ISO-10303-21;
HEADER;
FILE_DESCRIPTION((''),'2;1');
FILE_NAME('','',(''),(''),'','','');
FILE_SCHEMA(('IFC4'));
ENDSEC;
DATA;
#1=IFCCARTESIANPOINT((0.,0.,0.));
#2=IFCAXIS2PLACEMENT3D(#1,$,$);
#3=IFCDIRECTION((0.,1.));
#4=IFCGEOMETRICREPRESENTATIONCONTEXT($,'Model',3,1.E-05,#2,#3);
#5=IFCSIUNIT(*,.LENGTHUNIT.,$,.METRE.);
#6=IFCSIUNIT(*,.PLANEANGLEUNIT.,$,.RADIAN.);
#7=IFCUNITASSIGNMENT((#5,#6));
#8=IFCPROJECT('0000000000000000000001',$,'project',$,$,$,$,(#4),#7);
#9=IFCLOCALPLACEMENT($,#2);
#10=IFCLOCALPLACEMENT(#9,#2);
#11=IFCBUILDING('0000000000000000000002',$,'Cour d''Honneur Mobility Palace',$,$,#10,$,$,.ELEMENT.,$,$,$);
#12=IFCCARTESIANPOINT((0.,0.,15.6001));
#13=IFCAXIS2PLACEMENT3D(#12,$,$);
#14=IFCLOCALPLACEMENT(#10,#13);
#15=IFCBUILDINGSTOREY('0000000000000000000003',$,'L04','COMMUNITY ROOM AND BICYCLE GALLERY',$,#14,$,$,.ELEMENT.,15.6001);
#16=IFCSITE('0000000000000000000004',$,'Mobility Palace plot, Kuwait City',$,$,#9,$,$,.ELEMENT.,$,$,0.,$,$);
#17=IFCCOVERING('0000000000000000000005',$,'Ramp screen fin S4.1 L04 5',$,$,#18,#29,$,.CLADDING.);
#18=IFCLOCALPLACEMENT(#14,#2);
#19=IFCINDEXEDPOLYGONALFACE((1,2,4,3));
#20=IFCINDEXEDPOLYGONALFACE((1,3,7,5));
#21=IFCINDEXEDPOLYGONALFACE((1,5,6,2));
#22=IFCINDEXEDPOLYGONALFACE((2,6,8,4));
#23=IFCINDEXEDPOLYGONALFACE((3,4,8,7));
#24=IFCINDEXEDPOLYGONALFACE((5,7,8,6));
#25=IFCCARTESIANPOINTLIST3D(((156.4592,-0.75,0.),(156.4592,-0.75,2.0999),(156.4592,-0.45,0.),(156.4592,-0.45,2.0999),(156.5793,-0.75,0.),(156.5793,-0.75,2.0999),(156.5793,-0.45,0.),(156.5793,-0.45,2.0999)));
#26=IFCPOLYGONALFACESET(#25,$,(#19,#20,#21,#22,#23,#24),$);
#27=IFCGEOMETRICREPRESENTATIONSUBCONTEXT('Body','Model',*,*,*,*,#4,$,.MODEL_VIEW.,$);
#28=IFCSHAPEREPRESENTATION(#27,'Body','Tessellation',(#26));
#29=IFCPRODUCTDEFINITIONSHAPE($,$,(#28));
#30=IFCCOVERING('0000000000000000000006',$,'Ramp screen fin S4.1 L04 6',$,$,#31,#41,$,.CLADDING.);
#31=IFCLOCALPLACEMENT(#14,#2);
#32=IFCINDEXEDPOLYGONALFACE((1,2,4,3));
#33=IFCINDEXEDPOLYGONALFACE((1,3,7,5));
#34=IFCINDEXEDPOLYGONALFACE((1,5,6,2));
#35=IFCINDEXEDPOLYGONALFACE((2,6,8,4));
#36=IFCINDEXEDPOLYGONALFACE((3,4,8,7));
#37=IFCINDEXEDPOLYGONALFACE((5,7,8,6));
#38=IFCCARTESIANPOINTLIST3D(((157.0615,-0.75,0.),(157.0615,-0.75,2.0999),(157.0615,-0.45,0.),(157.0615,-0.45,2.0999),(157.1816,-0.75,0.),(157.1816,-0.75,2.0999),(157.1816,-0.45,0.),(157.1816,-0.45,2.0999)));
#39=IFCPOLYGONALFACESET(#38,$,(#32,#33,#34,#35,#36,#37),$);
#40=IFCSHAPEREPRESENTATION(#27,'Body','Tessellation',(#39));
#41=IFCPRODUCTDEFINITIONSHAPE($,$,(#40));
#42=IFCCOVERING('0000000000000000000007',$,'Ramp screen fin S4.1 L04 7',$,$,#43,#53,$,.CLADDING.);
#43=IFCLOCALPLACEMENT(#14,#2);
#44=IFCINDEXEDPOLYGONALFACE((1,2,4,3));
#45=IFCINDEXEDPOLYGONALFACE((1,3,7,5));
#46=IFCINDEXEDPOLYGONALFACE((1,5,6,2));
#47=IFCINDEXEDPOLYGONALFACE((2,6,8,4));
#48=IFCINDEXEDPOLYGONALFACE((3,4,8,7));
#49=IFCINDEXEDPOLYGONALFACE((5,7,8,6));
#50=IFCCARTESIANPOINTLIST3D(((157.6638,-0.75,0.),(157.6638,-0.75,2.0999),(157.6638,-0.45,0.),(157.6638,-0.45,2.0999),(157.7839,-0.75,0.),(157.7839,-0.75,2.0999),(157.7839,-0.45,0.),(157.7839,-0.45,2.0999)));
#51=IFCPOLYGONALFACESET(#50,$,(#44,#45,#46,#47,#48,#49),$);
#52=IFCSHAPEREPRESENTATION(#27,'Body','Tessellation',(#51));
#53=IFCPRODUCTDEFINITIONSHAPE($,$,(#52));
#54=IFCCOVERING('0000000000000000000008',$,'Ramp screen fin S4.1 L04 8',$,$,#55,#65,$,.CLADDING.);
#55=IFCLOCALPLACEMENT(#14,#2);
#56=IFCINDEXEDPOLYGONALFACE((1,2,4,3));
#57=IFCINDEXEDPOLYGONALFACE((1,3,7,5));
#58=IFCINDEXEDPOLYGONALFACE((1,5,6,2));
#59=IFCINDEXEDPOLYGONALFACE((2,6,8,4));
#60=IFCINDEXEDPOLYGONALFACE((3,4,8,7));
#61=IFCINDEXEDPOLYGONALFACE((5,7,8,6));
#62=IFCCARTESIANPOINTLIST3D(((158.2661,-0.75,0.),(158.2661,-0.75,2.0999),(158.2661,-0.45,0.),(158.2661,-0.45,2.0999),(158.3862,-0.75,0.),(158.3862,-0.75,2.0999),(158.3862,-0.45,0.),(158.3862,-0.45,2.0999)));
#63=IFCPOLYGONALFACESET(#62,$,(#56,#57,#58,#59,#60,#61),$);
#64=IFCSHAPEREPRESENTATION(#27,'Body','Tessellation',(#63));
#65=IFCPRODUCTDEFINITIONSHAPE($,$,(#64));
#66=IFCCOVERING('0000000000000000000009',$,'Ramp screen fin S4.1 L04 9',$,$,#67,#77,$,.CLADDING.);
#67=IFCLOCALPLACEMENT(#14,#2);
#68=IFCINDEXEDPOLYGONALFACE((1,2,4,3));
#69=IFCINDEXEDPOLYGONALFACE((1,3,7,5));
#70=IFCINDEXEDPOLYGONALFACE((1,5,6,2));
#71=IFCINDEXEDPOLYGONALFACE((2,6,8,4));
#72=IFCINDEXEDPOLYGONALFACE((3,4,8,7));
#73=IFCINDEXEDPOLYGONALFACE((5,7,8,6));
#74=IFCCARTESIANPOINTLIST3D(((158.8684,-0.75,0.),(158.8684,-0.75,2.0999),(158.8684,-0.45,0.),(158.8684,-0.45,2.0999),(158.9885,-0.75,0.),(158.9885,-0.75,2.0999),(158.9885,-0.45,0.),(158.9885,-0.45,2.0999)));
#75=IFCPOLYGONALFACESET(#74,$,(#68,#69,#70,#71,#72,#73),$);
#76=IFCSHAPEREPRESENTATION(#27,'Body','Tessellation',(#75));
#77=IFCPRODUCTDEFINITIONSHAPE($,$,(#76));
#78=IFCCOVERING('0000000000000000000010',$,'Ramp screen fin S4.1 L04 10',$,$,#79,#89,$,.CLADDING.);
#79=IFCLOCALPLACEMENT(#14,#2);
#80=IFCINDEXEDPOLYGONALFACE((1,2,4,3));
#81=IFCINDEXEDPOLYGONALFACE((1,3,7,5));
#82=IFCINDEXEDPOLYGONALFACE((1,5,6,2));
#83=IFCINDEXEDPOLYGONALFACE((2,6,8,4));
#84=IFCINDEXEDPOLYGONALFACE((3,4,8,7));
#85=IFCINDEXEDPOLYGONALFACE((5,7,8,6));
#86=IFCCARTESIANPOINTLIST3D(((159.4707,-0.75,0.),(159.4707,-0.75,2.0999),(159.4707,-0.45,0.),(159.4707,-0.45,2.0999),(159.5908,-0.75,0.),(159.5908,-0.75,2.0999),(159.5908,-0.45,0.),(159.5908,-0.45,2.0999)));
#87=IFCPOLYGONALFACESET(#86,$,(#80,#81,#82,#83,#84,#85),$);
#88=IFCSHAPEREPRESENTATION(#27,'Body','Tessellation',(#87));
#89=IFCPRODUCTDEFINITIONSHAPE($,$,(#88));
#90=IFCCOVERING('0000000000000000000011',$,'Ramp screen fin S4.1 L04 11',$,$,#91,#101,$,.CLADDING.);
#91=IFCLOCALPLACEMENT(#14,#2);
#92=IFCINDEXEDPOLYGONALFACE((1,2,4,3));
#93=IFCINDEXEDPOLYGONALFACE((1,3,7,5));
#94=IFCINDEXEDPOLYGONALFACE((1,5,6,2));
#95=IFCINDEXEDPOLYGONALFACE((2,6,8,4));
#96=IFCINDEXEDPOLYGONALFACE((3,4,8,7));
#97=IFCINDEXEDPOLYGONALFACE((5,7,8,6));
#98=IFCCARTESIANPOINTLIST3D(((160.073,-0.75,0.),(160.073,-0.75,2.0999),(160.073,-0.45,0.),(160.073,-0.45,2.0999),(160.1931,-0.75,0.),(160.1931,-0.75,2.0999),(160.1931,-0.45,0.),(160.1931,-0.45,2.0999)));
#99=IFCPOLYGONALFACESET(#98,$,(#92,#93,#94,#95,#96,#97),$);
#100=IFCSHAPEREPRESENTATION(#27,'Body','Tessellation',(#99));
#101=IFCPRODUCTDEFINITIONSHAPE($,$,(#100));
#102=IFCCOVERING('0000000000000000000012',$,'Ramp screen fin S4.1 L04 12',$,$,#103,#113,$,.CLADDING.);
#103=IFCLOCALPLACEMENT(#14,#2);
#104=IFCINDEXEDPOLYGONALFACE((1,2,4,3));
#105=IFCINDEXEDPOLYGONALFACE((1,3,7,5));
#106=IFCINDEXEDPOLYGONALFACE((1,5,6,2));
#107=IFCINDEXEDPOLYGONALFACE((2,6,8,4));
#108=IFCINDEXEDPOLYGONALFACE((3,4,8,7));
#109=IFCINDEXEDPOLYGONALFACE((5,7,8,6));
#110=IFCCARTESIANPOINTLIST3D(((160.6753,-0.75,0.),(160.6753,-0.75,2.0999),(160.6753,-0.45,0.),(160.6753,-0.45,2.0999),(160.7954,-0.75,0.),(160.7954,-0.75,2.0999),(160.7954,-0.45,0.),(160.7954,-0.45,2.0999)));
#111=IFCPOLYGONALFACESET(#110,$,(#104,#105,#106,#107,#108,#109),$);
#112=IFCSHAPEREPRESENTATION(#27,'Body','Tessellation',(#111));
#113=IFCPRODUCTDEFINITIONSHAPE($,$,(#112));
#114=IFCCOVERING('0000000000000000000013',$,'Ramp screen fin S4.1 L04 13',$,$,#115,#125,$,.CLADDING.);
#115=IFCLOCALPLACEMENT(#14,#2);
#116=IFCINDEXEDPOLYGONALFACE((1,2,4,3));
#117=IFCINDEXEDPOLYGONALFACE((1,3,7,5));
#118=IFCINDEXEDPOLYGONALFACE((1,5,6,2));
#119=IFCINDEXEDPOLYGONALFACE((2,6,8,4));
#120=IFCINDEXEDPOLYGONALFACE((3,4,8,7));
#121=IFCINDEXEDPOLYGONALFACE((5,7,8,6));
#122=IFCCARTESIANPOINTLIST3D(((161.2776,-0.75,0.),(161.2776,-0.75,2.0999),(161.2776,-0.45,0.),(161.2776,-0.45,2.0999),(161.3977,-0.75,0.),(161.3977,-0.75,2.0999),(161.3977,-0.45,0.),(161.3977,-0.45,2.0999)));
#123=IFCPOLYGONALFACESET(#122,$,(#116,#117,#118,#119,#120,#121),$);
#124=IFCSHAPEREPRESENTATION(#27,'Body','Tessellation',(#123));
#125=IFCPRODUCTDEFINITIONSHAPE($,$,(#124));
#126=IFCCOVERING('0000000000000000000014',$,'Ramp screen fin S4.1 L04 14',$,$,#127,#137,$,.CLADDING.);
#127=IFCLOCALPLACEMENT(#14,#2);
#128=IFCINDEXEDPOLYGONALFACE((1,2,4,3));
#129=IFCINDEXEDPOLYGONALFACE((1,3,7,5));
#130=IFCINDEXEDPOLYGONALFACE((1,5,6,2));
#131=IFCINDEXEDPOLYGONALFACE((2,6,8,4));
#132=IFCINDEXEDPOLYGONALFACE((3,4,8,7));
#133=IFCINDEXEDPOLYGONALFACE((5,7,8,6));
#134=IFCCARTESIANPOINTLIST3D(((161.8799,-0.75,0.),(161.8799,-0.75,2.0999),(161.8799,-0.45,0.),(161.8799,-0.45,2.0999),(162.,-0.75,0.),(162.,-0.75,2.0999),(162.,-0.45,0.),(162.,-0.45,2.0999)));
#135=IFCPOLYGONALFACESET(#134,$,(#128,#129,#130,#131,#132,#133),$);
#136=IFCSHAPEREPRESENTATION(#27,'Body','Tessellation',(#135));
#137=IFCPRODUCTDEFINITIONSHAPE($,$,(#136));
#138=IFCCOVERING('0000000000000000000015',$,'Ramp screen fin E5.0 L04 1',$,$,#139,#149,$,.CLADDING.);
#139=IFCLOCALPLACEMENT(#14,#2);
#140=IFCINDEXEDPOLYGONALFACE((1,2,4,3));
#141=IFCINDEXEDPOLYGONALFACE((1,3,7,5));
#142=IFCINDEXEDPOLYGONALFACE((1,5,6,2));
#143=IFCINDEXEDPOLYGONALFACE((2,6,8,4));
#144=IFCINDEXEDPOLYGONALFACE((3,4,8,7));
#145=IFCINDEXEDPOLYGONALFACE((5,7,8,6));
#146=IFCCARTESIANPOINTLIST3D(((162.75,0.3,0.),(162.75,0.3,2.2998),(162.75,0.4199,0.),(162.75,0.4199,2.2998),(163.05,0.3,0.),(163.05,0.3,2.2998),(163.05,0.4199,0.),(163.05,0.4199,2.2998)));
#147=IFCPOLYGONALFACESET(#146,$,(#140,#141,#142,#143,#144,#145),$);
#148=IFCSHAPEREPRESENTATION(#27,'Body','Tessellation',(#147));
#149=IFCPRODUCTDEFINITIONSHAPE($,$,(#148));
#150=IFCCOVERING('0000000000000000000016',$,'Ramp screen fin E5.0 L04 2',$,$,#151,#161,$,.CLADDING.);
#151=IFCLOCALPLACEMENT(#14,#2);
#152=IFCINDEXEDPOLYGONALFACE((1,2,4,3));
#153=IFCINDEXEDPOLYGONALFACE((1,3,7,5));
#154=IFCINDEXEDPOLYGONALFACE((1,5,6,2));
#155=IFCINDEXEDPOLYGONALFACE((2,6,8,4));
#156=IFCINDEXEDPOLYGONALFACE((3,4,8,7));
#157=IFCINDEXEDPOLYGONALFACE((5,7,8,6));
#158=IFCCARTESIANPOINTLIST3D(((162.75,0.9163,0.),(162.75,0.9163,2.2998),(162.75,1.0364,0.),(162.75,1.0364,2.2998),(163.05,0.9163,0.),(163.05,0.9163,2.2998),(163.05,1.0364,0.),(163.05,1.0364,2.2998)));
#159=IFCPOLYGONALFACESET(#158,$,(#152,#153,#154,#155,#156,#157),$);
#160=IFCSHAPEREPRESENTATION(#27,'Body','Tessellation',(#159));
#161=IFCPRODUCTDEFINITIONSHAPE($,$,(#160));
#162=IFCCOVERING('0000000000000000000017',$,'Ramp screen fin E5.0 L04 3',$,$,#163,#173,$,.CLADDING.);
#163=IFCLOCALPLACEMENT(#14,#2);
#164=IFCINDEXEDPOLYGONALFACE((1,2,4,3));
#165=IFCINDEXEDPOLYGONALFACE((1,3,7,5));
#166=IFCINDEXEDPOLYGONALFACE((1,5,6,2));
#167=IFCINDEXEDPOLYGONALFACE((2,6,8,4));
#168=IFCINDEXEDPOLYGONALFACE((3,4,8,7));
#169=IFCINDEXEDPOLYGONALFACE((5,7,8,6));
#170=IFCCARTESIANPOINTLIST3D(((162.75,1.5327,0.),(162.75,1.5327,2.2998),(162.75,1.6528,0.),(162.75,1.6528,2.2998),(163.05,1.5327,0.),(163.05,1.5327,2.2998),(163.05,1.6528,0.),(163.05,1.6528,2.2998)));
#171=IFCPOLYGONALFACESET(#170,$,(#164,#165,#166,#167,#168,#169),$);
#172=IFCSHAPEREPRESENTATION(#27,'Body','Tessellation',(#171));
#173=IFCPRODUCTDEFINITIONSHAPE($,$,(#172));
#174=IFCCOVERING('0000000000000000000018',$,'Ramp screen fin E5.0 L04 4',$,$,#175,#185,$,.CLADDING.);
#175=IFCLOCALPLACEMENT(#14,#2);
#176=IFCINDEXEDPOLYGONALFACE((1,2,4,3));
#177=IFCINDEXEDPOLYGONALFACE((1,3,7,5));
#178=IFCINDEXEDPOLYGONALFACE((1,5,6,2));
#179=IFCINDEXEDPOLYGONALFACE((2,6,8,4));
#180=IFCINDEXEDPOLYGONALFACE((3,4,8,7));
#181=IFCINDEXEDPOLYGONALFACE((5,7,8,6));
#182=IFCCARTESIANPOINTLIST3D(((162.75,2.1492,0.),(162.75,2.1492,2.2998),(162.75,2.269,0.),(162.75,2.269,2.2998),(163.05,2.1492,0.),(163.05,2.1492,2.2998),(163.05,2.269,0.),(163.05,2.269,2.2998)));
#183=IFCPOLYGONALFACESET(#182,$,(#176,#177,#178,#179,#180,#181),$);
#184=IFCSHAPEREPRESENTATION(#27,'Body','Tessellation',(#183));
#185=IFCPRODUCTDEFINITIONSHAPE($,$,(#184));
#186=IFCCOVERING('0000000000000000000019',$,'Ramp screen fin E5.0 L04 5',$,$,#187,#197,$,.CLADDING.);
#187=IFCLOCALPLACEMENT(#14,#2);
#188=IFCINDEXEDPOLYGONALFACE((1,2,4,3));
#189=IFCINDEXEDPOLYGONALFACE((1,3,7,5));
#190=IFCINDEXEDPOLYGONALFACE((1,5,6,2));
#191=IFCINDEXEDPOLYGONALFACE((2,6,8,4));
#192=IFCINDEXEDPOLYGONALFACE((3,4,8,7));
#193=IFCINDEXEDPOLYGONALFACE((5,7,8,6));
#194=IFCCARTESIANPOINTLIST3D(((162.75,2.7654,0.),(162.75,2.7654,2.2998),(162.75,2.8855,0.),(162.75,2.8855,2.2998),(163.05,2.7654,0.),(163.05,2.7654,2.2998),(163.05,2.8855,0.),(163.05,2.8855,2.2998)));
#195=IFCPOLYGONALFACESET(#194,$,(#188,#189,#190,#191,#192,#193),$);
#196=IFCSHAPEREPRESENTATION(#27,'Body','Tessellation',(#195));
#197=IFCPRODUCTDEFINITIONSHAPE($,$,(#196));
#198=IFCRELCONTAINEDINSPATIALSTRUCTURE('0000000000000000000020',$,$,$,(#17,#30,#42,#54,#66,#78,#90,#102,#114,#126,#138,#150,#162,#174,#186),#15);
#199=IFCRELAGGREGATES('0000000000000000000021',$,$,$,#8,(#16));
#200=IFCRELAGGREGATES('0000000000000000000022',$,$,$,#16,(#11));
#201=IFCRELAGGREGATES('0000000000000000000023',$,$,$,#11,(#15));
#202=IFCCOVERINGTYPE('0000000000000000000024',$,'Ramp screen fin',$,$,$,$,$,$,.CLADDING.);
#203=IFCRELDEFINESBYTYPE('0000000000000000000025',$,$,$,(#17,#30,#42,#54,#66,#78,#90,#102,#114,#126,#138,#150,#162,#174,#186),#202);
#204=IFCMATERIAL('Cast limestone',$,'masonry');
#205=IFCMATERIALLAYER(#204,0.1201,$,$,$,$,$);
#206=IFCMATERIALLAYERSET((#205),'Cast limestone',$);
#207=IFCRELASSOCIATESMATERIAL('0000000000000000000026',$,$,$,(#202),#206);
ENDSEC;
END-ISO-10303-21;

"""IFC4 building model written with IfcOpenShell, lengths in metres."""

from ifc_helpers import new_model, si_unit, direction, frame, origin, place, context, subcontext, project, spatial, polyline, outline, extrude, material, layer, layer_set, type_object, element, save


model = new_model("IFC4")

# Units and contexts
model_context = context("Model", 3, precision=1e-05, world=origin(), true_north=direction((0.0, 1.0)))
body_context = subcontext(model_context, "Body", "Model", "MODEL_VIEW")
ifc_project = project(units=[si_unit("LENGTHUNIT", "METRE"), si_unit("PLANEANGLEUNIT", "RADIAN")], contexts=[model_context])

# Site, building, storey
site_placement = place(None, origin())
site = spatial("IfcSite", under=ifc_project, at=site_placement, Name="Mobility Palace plot, Kuwait City", CompositionType="ELEMENT", RefElevation=0.0)
building_placement = place(site_placement, origin())
building = spatial("IfcBuilding", under=site, at=building_placement, Name="Cour d'Honneur Mobility Palace", CompositionType="ELEMENT")
storey_placement = place(building_placement, frame((0.0, 0.0, 15.6001)))
storey = spatial("IfcBuildingStorey", under=building, at=storey_placement, Name="L04", Description="COMMUNITY ROOM AND BICYCLE GALLERY", CompositionType="ELEMENT", Elevation=15.6001)

# Coverings
ifc_material = material(Name="Cast limestone", Category="masonry")
ifc_layer = layer(ifc_material, 0.1201)
ifc_layer_set = layer_set([ifc_layer], Name="Cast limestone")
covering_type = type_object("IfcCoveringType", Name="Ramp screen fin", PredefinedType="CLADDING", material=ifc_layer_set)
covering_1_placement = place(storey_placement, origin())
element("IfcCovering", 1, at=covering_1_placement, inside=storey, type_object=covering_type, Name="Ramp screen fin S4.1 L04 5", PredefinedType="CLADDING", context=body_context, shape_type="SweptSolid", body=[
    extrude(outline(polyline([(156.4592, -0.45), (156.5793, -0.45), (156.5793, -0.75), (156.4592, -0.75), (156.4592, -0.45)])), origin(), (0.0, 0.0, 1.0), 2.0999),
])
covering_2_placement = place(storey_placement, origin())
element("IfcCovering", 2, at=covering_2_placement, inside=storey, type_object=covering_type, Name="Ramp screen fin S4.1 L04 6", PredefinedType="CLADDING", context=body_context, shape_type="SweptSolid", body=[
    extrude(outline(polyline([(157.0615, -0.45), (157.1816, -0.45), (157.1816, -0.75), (157.0615, -0.75), (157.0615, -0.45)])), origin(), (0.0, 0.0, 1.0), 2.0999),
])
covering_3_placement = place(storey_placement, origin())
element("IfcCovering", 3, at=covering_3_placement, inside=storey, type_object=covering_type, Name="Ramp screen fin S4.1 L04 7", PredefinedType="CLADDING", context=body_context, shape_type="SweptSolid", body=[
    extrude(outline(polyline([(157.6638, -0.45), (157.7839, -0.45), (157.7839, -0.75), (157.6638, -0.75), (157.6638, -0.45)])), origin(), (0.0, 0.0, 1.0), 2.0999),
])
covering_4_placement = place(storey_placement, origin())
element("IfcCovering", 4, at=covering_4_placement, inside=storey, type_object=covering_type, Name="Ramp screen fin S4.1 L04 8", PredefinedType="CLADDING", context=body_context, shape_type="SweptSolid", body=[
    extrude(outline(polyline([(158.2661, -0.45), (158.3862, -0.45), (158.3862, -0.75), (158.2661, -0.75), (158.2661, -0.45)])), origin(), (0.0, 0.0, 1.0), 2.0999),
])
covering_5_placement = place(storey_placement, origin())
element("IfcCovering", 5, at=covering_5_placement, inside=storey, type_object=covering_type, Name="Ramp screen fin S4.1 L04 9", PredefinedType="CLADDING", context=body_context, shape_type="SweptSolid", body=[
    extrude(outline(polyline([(158.8684, -0.45), (158.9885, -0.45), (158.9885, -0.75), (158.8684, -0.75), (158.8684, -0.45)])), origin(), (0.0, 0.0, 1.0), 2.0999),
])
covering_6_placement = place(storey_placement, origin())
element("IfcCovering", 6, at=covering_6_placement, inside=storey, type_object=covering_type, Name="Ramp screen fin S4.1 L04 10", PredefinedType="CLADDING", context=body_context, shape_type="SweptSolid", body=[
    extrude(outline(polyline([(159.4707, -0.45), (159.5908, -0.45), (159.5908, -0.75), (159.4707, -0.75), (159.4707, -0.45)])), origin(), (0.0, 0.0, 1.0), 2.0999),
])
covering_7_placement = place(storey_placement, origin())
element("IfcCovering", 7, at=covering_7_placement, inside=storey, type_object=covering_type, Name="Ramp screen fin S4.1 L04 11", PredefinedType="CLADDING", context=body_context, shape_type="SweptSolid", body=[
    extrude(outline(polyline([(160.073, -0.45), (160.1931, -0.45), (160.1931, -0.75), (160.073, -0.75), (160.073, -0.45)])), origin(), (0.0, 0.0, 1.0), 2.0999),
])
covering_8_placement = place(storey_placement, origin())
element("IfcCovering", 8, at=covering_8_placement, inside=storey, type_object=covering_type, Name="Ramp screen fin S4.1 L04 12", PredefinedType="CLADDING", context=body_context, shape_type="SweptSolid", body=[
    extrude(outline(polyline([(160.6753, -0.45), (160.7954, -0.45), (160.7954, -0.75), (160.6753, -0.75), (160.6753, -0.45)])), origin(), (0.0, 0.0, 1.0), 2.0999),
])
covering_9_placement = place(storey_placement, origin())
element("IfcCovering", 9, at=covering_9_placement, inside=storey, type_object=covering_type, Name="Ramp screen fin S4.1 L04 13", PredefinedType="CLADDING", context=body_context, shape_type="SweptSolid", body=[
    extrude(outline(polyline([(161.2776, -0.45), (161.3977, -0.45), (161.3977, -0.75), (161.2776, -0.75), (161.2776, -0.45)])), origin(), (0.0, 0.0, 1.0), 2.0999),
])
covering_10_placement = place(storey_placement, origin())
element("IfcCovering", 10, at=covering_10_placement, inside=storey, type_object=covering_type, Name="Ramp screen fin S4.1 L04 14", PredefinedType="CLADDING", context=body_context, shape_type="SweptSolid", body=[
    extrude(outline(polyline([(161.8799, -0.45), (162.0, -0.45), (162.0, -0.75), (161.8799, -0.75), (161.8799, -0.45)])), origin(), (0.0, 0.0, 1.0), 2.0999),
])
covering_11_placement = place(storey_placement, origin())
element("IfcCovering", 11, at=covering_11_placement, inside=storey, type_object=covering_type, Name="Ramp screen fin E5.0 L04 1", PredefinedType="CLADDING", context=body_context, shape_type="SweptSolid", body=[
    extrude(outline(polyline([(162.75, 0.3), (162.75, 0.4199), (163.05, 0.4199), (163.05, 0.3), (162.75, 0.3)])), origin(), (0.0, 0.0, 1.0), 2.2998),
])
covering_12_placement = place(storey_placement, origin())
element("IfcCovering", 12, at=covering_12_placement, inside=storey, type_object=covering_type, Name="Ramp screen fin E5.0 L04 2", PredefinedType="CLADDING", context=body_context, shape_type="SweptSolid", body=[
    extrude(outline(polyline([(162.75, 0.9163), (162.75, 1.0364), (163.05, 1.0364), (163.05, 0.9163), (162.75, 0.9163)])), origin(), (0.0, 0.0, 1.0), 2.2998),
])
covering_13_placement = place(storey_placement, origin())
element("IfcCovering", 13, at=covering_13_placement, inside=storey, type_object=covering_type, Name="Ramp screen fin E5.0 L04 3", PredefinedType="CLADDING", context=body_context, shape_type="SweptSolid", body=[
    extrude(outline(polyline([(162.75, 1.5327), (162.75, 1.6528), (163.05, 1.6528), (163.05, 1.5327), (162.75, 1.5327)])), origin(), (0.0, 0.0, 1.0), 2.2998),
])
covering_14_placement = place(storey_placement, origin())
element("IfcCovering", 14, at=covering_14_placement, inside=storey, type_object=covering_type, Name="Ramp screen fin E5.0 L04 4", PredefinedType="CLADDING", context=body_context, shape_type="SweptSolid", body=[
    extrude(outline(polyline([(162.75, 2.1492), (162.75, 2.269), (163.05, 2.269), (163.05, 2.1492), (162.75, 2.1492)])), origin(), (0.0, 0.0, 1.0), 2.2998),
])
covering_15_placement = place(storey_placement, origin())
element("IfcCovering", 15, at=covering_15_placement, inside=storey, type_object=covering_type, Name="Ramp screen fin E5.0 L04 5", PredefinedType="CLADDING", context=body_context, shape_type="SweptSolid", body=[
    extrude(outline(polyline([(162.75, 2.7654), (162.75, 2.8855), (163.05, 2.8855), (163.05, 2.7654), (162.75, 2.7654)])), origin(), (0.0, 0.0, 1.0), 2.2998),
])

save(model, "model.ifc")
